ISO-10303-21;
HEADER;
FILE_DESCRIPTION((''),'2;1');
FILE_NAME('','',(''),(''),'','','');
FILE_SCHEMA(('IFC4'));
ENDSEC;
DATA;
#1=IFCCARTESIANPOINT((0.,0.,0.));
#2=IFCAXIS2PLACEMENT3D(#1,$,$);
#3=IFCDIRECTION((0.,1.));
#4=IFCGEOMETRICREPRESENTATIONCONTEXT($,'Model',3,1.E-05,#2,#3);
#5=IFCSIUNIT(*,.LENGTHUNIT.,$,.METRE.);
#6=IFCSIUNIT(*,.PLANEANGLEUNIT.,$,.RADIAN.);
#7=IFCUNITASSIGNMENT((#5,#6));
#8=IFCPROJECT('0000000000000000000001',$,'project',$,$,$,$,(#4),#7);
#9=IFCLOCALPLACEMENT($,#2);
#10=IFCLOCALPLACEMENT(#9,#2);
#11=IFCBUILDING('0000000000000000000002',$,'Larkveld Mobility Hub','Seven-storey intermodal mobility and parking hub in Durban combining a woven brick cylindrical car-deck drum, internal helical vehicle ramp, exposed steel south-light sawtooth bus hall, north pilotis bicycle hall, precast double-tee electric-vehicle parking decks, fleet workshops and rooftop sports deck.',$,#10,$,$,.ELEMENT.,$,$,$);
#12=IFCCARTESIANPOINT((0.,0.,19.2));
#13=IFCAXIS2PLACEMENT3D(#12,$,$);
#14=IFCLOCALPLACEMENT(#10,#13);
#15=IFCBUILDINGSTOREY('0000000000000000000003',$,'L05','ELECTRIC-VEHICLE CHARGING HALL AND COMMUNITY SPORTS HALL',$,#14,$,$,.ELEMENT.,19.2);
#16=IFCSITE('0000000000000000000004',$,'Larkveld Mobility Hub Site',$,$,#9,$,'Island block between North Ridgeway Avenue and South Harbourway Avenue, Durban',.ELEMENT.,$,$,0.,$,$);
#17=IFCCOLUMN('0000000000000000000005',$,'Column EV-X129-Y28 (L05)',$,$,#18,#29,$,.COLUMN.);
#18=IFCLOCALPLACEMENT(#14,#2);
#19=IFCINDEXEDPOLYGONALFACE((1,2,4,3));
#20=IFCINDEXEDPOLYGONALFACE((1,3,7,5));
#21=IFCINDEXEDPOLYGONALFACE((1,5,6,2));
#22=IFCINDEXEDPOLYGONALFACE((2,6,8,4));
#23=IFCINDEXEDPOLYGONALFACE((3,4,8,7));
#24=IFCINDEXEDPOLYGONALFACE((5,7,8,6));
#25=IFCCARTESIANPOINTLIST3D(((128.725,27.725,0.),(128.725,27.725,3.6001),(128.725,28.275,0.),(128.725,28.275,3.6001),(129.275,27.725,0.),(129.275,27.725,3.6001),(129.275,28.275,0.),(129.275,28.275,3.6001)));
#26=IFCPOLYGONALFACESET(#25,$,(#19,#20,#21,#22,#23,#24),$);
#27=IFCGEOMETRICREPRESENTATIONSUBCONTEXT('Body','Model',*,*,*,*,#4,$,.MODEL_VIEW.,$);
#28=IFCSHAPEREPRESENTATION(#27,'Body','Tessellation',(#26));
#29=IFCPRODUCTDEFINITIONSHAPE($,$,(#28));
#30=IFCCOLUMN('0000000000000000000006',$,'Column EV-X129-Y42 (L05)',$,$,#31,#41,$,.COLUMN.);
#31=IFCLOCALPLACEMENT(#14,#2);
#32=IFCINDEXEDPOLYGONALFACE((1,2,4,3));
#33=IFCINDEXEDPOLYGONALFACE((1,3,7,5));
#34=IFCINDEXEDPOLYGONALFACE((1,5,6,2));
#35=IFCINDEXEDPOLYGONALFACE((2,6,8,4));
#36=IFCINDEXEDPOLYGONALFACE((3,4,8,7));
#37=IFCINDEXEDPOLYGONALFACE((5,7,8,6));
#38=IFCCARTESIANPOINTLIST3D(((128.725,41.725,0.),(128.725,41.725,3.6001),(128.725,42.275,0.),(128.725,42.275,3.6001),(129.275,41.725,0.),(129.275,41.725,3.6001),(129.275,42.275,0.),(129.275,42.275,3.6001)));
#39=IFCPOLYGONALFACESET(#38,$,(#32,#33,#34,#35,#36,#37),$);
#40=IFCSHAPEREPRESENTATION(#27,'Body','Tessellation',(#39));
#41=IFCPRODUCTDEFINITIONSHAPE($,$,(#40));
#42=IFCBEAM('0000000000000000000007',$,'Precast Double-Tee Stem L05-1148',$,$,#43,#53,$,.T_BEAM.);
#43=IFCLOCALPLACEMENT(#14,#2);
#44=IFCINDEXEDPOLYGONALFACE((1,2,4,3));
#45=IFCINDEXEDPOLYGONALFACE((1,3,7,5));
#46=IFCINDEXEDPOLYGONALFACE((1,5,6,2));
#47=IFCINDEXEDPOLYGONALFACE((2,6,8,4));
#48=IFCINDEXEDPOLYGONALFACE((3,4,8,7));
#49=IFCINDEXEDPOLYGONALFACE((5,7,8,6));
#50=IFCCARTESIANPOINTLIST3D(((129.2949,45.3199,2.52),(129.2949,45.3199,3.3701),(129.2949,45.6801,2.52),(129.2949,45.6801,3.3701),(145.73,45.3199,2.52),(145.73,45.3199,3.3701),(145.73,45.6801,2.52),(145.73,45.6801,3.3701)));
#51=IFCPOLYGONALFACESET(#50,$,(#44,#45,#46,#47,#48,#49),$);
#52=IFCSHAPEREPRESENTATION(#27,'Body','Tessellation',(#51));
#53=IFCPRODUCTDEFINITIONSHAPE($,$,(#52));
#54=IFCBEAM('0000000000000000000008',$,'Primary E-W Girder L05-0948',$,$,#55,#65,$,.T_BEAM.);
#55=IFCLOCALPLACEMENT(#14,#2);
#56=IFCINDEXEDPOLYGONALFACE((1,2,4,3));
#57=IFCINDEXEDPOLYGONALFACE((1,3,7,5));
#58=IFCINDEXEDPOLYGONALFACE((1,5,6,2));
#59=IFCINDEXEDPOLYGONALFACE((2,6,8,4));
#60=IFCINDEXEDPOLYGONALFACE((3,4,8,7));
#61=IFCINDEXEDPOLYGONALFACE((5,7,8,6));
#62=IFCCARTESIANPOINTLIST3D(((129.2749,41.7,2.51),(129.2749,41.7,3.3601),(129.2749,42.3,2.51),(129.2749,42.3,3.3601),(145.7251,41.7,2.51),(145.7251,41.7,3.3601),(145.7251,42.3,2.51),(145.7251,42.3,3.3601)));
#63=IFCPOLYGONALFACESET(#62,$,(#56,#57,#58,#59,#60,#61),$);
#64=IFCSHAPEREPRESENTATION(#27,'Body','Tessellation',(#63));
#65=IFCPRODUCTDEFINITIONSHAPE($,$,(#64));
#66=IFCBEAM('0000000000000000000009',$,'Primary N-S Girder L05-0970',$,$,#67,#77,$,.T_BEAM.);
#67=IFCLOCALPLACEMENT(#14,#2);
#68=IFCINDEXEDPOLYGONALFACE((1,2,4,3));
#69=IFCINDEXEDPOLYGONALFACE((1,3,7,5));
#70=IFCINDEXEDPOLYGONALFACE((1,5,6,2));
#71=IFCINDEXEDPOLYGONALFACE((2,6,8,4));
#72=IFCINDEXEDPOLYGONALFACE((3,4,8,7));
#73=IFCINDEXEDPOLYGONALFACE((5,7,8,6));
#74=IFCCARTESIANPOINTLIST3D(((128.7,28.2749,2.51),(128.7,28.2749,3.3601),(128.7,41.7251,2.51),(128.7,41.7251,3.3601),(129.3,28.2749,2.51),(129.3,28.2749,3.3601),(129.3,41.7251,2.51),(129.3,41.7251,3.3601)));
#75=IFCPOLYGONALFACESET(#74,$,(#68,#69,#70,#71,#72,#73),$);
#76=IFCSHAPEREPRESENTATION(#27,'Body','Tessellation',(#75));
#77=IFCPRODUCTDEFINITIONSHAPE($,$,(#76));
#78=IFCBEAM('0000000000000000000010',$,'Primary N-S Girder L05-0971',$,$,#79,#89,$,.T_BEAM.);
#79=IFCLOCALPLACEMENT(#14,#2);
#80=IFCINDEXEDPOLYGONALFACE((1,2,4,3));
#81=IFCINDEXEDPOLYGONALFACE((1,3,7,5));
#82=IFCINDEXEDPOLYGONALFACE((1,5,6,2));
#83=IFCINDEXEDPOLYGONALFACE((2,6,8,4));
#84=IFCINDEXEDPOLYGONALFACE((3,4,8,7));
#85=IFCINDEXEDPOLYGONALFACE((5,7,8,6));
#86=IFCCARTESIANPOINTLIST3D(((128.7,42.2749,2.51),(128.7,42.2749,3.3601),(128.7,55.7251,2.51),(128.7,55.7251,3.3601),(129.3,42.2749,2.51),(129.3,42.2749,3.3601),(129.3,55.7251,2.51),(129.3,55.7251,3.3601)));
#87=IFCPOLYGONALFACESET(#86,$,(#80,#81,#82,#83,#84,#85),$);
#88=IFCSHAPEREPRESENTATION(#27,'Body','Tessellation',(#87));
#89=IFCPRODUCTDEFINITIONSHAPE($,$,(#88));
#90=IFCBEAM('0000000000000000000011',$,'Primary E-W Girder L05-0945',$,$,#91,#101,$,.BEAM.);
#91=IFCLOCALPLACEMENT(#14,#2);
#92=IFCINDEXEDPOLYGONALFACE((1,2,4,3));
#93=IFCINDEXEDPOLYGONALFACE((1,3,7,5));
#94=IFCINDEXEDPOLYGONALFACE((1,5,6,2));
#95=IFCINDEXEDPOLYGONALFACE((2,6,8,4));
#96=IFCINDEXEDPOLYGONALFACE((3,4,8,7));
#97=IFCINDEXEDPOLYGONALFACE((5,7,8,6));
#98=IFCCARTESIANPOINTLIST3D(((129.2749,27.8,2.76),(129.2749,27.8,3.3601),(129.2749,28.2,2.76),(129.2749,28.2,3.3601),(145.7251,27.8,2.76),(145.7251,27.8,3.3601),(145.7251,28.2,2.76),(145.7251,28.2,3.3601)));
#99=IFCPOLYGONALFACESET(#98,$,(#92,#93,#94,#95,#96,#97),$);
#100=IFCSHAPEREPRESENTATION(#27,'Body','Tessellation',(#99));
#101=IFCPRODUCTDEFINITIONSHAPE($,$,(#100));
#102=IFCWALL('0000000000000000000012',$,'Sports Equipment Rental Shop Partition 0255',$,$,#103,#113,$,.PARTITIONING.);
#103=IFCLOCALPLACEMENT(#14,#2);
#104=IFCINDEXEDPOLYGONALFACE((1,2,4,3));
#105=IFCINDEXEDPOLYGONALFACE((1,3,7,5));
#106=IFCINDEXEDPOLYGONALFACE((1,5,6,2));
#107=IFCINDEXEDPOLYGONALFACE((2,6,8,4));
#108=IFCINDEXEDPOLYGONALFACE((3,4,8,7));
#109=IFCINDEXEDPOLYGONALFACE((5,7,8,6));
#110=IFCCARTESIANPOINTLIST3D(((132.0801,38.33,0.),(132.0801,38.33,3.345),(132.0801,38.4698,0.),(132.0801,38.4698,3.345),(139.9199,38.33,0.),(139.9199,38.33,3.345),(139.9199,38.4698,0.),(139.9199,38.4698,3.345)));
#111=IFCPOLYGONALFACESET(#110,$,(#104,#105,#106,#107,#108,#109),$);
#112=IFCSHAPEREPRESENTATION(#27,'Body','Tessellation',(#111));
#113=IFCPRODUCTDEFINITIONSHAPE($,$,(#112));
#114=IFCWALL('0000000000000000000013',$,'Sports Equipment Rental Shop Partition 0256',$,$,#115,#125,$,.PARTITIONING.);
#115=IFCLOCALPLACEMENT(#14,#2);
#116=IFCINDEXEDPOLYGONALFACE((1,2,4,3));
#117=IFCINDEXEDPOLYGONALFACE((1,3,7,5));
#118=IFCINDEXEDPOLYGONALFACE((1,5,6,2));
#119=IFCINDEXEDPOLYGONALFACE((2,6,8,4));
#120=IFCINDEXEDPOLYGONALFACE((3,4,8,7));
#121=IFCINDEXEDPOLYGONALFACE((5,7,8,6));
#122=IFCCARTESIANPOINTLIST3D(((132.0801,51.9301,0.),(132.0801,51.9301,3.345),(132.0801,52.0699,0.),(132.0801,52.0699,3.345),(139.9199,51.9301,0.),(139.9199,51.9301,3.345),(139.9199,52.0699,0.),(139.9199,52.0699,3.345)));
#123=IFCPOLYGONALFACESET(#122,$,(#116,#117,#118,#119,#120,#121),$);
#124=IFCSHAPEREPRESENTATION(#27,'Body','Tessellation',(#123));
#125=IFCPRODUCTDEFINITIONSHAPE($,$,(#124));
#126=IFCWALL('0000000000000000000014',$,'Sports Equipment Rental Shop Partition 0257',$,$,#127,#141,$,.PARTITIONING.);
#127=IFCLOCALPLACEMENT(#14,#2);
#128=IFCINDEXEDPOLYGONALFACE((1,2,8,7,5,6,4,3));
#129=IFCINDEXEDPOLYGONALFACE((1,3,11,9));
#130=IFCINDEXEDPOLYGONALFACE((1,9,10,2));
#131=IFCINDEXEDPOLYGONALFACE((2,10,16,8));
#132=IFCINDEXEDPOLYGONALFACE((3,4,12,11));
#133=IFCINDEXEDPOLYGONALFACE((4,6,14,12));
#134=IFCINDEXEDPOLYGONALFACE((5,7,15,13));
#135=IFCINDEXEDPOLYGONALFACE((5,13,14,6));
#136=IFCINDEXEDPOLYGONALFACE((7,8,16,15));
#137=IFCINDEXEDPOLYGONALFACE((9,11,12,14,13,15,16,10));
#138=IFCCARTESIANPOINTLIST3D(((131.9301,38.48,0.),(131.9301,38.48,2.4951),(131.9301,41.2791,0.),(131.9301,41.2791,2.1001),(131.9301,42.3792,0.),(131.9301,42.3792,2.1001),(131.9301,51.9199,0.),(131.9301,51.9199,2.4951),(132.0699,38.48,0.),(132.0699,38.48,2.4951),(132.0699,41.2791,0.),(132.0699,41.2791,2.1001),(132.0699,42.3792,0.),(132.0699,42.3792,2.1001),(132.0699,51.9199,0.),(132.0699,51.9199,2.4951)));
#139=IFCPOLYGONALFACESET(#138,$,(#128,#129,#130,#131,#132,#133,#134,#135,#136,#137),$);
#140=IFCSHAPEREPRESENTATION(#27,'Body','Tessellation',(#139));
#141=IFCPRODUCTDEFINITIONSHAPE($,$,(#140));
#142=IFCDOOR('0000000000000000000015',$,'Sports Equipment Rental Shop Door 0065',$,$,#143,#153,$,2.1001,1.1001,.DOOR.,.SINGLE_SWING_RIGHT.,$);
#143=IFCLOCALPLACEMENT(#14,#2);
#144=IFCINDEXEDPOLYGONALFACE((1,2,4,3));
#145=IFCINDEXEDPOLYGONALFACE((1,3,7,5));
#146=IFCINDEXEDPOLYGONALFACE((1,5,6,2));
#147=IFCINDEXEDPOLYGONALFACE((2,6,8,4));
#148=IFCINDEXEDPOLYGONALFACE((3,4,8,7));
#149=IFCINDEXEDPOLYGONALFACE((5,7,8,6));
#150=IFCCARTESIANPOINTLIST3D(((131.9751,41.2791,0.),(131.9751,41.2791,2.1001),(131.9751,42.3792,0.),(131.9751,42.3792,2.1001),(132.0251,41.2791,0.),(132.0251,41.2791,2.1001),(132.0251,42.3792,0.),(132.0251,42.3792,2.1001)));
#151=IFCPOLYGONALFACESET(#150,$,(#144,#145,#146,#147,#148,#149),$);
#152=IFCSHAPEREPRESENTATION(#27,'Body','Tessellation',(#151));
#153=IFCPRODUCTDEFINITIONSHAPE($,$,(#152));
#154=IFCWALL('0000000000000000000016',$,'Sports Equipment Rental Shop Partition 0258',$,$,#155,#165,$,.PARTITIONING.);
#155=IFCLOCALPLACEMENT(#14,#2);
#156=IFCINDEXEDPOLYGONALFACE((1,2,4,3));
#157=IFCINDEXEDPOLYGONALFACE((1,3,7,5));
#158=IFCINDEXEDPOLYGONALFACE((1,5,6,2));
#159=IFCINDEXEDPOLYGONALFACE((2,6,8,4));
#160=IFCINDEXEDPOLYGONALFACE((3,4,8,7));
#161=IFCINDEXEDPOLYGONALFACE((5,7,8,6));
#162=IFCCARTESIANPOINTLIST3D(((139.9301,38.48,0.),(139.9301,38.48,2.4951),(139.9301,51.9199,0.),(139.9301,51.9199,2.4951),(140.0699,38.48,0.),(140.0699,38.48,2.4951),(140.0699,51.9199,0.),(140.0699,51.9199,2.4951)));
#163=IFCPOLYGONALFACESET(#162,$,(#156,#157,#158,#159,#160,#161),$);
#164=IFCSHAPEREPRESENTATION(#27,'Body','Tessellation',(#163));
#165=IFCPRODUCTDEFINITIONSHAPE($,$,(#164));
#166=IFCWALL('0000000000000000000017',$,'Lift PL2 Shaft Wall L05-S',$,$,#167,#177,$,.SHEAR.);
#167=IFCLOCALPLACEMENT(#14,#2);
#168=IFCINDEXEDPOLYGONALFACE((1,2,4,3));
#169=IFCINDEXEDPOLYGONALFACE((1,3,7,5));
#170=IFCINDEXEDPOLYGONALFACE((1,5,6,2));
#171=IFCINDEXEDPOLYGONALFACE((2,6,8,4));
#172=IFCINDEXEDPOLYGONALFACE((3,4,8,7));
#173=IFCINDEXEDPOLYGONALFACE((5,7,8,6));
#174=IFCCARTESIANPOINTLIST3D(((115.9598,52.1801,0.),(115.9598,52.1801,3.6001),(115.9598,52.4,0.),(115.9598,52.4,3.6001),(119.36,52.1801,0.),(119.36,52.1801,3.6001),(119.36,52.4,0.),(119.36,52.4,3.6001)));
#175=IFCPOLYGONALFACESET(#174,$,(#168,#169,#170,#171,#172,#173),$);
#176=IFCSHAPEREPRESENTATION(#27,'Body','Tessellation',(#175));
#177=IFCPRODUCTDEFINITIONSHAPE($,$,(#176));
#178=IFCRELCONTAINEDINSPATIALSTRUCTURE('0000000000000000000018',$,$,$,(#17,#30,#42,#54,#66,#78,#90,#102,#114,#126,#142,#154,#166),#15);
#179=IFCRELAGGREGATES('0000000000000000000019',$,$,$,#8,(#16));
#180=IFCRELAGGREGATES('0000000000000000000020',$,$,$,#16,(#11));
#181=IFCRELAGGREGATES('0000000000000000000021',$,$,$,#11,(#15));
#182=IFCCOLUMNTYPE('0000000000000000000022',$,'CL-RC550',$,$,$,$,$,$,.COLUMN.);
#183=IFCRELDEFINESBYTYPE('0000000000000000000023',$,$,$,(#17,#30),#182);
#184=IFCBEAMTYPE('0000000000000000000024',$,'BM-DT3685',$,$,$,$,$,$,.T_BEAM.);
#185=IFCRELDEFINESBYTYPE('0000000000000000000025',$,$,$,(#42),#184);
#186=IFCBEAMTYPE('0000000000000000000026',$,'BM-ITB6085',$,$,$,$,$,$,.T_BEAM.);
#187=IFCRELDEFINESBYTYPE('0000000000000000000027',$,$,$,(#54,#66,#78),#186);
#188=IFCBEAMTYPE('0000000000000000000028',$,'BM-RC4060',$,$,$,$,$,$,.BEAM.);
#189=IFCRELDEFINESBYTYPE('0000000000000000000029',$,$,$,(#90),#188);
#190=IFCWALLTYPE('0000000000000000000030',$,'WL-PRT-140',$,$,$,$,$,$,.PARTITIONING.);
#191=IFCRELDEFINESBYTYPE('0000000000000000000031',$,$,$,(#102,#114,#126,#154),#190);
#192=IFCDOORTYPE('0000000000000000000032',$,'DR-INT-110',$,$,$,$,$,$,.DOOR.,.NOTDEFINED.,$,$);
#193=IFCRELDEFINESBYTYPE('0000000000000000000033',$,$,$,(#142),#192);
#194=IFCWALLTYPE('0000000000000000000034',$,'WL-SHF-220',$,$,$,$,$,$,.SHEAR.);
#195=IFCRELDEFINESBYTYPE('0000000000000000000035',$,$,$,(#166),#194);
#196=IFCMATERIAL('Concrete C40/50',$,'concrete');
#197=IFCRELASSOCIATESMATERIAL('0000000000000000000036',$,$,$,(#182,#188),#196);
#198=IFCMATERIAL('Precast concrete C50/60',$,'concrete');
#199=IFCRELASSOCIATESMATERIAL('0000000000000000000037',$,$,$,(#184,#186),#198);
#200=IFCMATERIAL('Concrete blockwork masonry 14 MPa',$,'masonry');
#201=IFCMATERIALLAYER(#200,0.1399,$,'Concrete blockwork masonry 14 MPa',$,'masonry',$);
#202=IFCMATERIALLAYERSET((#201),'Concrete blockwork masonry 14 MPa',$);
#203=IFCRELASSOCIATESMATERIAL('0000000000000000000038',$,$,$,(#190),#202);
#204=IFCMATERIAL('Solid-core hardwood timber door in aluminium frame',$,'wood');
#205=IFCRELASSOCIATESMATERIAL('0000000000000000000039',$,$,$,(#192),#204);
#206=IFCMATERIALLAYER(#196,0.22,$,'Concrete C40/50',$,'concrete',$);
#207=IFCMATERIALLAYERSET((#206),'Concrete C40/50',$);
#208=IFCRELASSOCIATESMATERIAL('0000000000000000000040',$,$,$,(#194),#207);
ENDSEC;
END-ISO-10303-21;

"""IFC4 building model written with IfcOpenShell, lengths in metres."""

from ifc_helpers import new_model, si_unit, direction, frame, frame_2d, origin, origin_2d, place, context, subcontext, project, spatial, rectangle, extrude, material, layer, layer_set, material_profile, profile_set, type_object, element, fill, save


model = new_model("IFC4")

# Units and contexts
model_context = context("Model", 3, precision=1e-05, world=origin(), true_north=direction((0.0, 1.0)))
body_context = subcontext(model_context, "Body", "Model", "MODEL_VIEW")
ifc_project = project(units=[si_unit("LENGTHUNIT", "METRE"), si_unit("PLANEANGLEUNIT", "RADIAN")], contexts=[model_context])

# Site, building, storey
site_placement = place(None, origin())
site = spatial("IfcSite", under=ifc_project, at=site_placement, Name="Larkveld Mobility Hub Site", LongName="Island block between North Ridgeway Avenue and South Harbourway Avenue, Durban", CompositionType="ELEMENT", RefElevation=0.0)
building_placement = place(site_placement, origin())
building = spatial("IfcBuilding", under=site, at=building_placement, Name="Larkveld Mobility Hub", Description="Seven-storey intermodal mobility and parking hub in Durban combining a woven brick cylindrical car-deck drum, internal helical vehicle ramp, exposed steel south-light sawtooth bus hall, north pilotis bicycle hall, precast double-tee electric-vehicle parking decks, fleet workshops and rooftop sports deck.", CompositionType="ELEMENT")
storey_placement = place(building_placement, frame((0.0, 0.0, 19.2)))
storey = spatial("IfcBuildingStorey", under=building, at=storey_placement, Name="L05", Description="ELECTRIC-VEHICLE CHARGING HALL AND COMMUNITY SPORTS HALL", CompositionType="ELEMENT", Elevation=19.2)

# Columns
ifc_material_1 = material(Name="Concrete C40/50", Category="concrete")
ifc_material_profile_1 = material_profile(ifc_material_1, rectangle(XDim=0.55, YDim=0.55, at=origin_2d()), Name="RC COL 550x550")
ifc_profile_set_1 = profile_set([ifc_material_profile_1], Name="Concrete C40/50")
column_type = type_object("IfcColumnType", Name="CL-RC550", PredefinedType="COLUMN", material=ifc_profile_set_1)
for number, where, z_axis, x_axis, name in (
    (1, (129.0, 28.0, 0.0), (0.0, 0.0, 1.0), (1.0, 0.0, 0.0), "Column EV-X129-Y28 (L05)"),
    (2, (129.0, 42.0, 0.0), (0.0, 0.0, 1.0), (1.0, 0.0, 0.0), "Column EV-X129-Y42 (L05)"),
):
    element("IfcColumn", number, at=place(storey_placement, frame(where, z_axis=z_axis, x_axis=x_axis)), inside=storey, type_object=column_type, Name=name, PredefinedType="COLUMN", context=body_context, shape_type="SweptSolid", body=[
        extrude(rectangle(XDim=0.55, YDim=0.55, at=origin_2d()), origin(), (0.0, 0.0, 1.0), 3.6001),
    ])

# Beams
ifc_material_2 = material(Name="Precast concrete C50/60", Category="concrete")
ifc_material_profile_2 = material_profile(ifc_material_2, rectangle(XDim=0.3601, YDim=0.8501, at=origin_2d()), Name="PC DT 360x850")
ifc_profile_set_2 = profile_set([ifc_material_profile_2], Name="Precast concrete C50/60")
beam_type_1 = type_object("IfcBeamType", Name="BM-DT3685", PredefinedType="T_BEAM", material=ifc_profile_set_2)
beam_1_placement = place(storey_placement, frame((129.2949, 45.5, 2.9451), z_axis=(1.0, 0.0, 0.0), x_axis=(0.0, 1.0, 0.0)))
element("IfcBeam", 3, at=beam_1_placement, inside=storey, type_object=beam_type_1, Name="Precast Double-Tee Stem L05-1148", PredefinedType="T_BEAM", context=body_context, shape_type="SweptSolid", body=[
    extrude(rectangle(XDim=0.3601, YDim=0.8501, at=origin_2d()), origin(), (0.0, 0.0, 1.0), 16.4351),
])
ifc_material_profile_3 = material_profile(ifc_material_2, rectangle(XDim=0.6001, YDim=0.8501, at=origin_2d()), Name="PC ITB 600x850")
ifc_profile_set_3 = profile_set([ifc_material_profile_3], Name="Precast concrete C50/60")
beam_type_2 = type_object("IfcBeamType", Name="BM-ITB6085", PredefinedType="T_BEAM", material=ifc_profile_set_3)
beam_2_placement = place(storey_placement, frame((129.2749, 42.0, 2.9351), z_axis=(1.0, 0.0, 0.0), x_axis=(0.0, 1.0, 0.0)))
element("IfcBeam", 4, at=beam_2_placement, inside=storey, type_object=beam_type_2, Name="Primary E-W Girder L05-0948", PredefinedType="T_BEAM", context=body_context, shape_type="SweptSolid", body=[
    extrude(rectangle(XDim=0.6001, YDim=0.8501, at=origin_2d()), origin(), (0.0, 0.0, 1.0), 16.4502),
])
for number, where, z_axis, x_axis, name in (
    (5, (129.0, 28.2749, 2.9351), (0.0, 1.0, 0.0), (-1.0, 0.0, 0.0), "Primary N-S Girder L05-0970"),
    (6, (129.0, 42.2749, 2.9351), (0.0, 1.0, 0.0), (-1.0, 0.0, 0.0), "Primary N-S Girder L05-0971"),
):
    element("IfcBeam", number, at=place(storey_placement, frame(where, z_axis=z_axis, x_axis=x_axis)), inside=storey, type_object=beam_type_2, Name=name, PredefinedType="T_BEAM", context=body_context, shape_type="SweptSolid", body=[
        extrude(rectangle(XDim=0.6001, YDim=0.8501, at=origin_2d()), origin(), (0.0, 0.0, 1.0), 13.4502),
    ])
ifc_material_profile_4 = material_profile(ifc_material_1, rectangle(XDim=0.3999, YDim=0.6001, at=origin_2d()), Name="RC BM 400x600")
ifc_profile_set_4 = profile_set([ifc_material_profile_4], Name="Concrete C40/50")
beam_type_3 = type_object("IfcBeamType", Name="BM-RC4060", PredefinedType="BEAM", material=ifc_profile_set_4)
beam_3_placement = place(storey_placement, frame((129.2749, 28.0, 3.0601), z_axis=(1.0, 0.0, 0.0), x_axis=(0.0, 1.0, 0.0)))
element("IfcBeam", 7, at=beam_3_placement, inside=storey, type_object=beam_type_3, Name="Primary E-W Girder L05-0945", PredefinedType="BEAM", context=body_context, shape_type="SweptSolid", body=[
    extrude(rectangle(XDim=0.3999, YDim=0.6001, at=origin_2d()), origin(), (0.0, 0.0, 1.0), 16.4502),
])

# Walls
ifc_material_3 = material(Name="Concrete blockwork masonry 14 MPa", Category="masonry")
ifc_layer_1 = layer(ifc_material_3, 0.1399, Name="Concrete blockwork masonry 14 MPa", Category="masonry")
ifc_layer_set_1 = layer_set([ifc_layer_1], Name="Concrete blockwork masonry 14 MPa")
wall_type_1 = type_object("IfcWallType", Name="WL-PRT-140", PredefinedType="PARTITIONING", material=ifc_layer_set_1)
for number, where, z_axis, x_axis, name in (
    (8, (132.0801, 38.3999, 0.0), (0.0, 0.0, 1.0), (1.0, 0.0, 0.0), "Sports Equipment Rental Shop Partition 0255"),
    (9, (132.0801, 52.0, 0.0), (0.0, 0.0, 1.0), (1.0, 0.0, 0.0), "Sports Equipment Rental Shop Partition 0256"),
):
    element("IfcWall", number, at=place(storey_placement, frame(where, z_axis=z_axis, x_axis=x_axis)), inside=storey, type_object=wall_type_1, Name=name, PredefinedType="PARTITIONING", context=body_context, shape_type="SweptSolid", body=[
        extrude(rectangle(XDim=7.8398, YDim=0.1399, at=frame_2d((3.9199, 0.0))), origin(), (0.0, 0.0, 1.0), 3.345),
    ])

# Wall, opening, door
wall_1_placement = place(storey_placement, frame((132.0, 38.48, 0.0), z_axis=(0.0, 0.0, 1.0), x_axis=(0.0, 1.0, 0.0)))
wall_1 = element("IfcWall", 10, at=wall_1_placement, inside=storey, type_object=wall_type_1, Name="Sports Equipment Rental Shop Partition 0257", PredefinedType="PARTITIONING", context=body_context, shape_type="SweptSolid", body=[
    extrude(rectangle(XDim=13.4399, YDim=0.1399, at=frame_2d((6.72, 0.0))), origin(), (0.0, 0.0, 1.0), 2.4951),
])
opening_placement = place(wall_1_placement, frame((2.7991, 0.0, 0.0)))
opening = element("IfcOpeningElement", 11, at=opening_placement, cuts=wall_1, PredefinedType="OPENING", context=body_context, shape_type="SweptSolid", body=[
    extrude(rectangle(XDim=1.1001, YDim=2.1001, at=frame_2d((0.55, 1.05))), frame((0.0, 0.0801, 0.0), z_axis=(0.0, -1.0, 0.0), x_axis=(1.0, 0.0, 0.0)), (0.0, 0.0, 1.0), 0.1599),
])
ifc_material_4 = material(Name="Solid-core hardwood timber door in aluminium frame", Category="wood")
door_type = type_object("IfcDoorType", Name="DR-INT-110", OperationType="NOTDEFINED", PredefinedType="DOOR", material=ifc_material_4)
door_placement = place(opening_placement, origin())
door = element("IfcDoor", 12, at=door_placement, inside=storey, type_object=door_type, Name="Sports Equipment Rental Shop Door 0065", OperationType="SINGLE_SWING_RIGHT", OverallHeight=2.1001, OverallWidth=1.1001, PredefinedType="DOOR", context=body_context, shape_type="SweptSolid", body=[
    extrude(rectangle(XDim=1.1001, YDim=2.1001, at=frame_2d((0.55, 1.05))), frame((0.0, 0.0249, 0.0), z_axis=(0.0, -1.0, 0.0), x_axis=(1.0, 0.0, 0.0)), (0.0, 0.0, 1.0), 0.05),
])
fill(opening, door)

# Walls
wall_2_placement = place(storey_placement, frame((140.0, 38.48, 0.0), z_axis=(0.0, 0.0, 1.0), x_axis=(0.0, 1.0, 0.0)))
element("IfcWall", 13, at=wall_2_placement, inside=storey, type_object=wall_type_1, Name="Sports Equipment Rental Shop Partition 0258", PredefinedType="PARTITIONING", context=body_context, shape_type="SweptSolid", body=[
    extrude(rectangle(XDim=13.4399, YDim=0.1399, at=frame_2d((6.72, 0.0))), origin(), (0.0, 0.0, 1.0), 2.4951),
])
ifc_layer_2 = layer(ifc_material_1, 0.22, Name="Concrete C40/50", Category="concrete")
ifc_layer_set_2 = layer_set([ifc_layer_2], Name="Concrete C40/50")
wall_type_2 = type_object("IfcWallType", Name="WL-SHF-220", PredefinedType="SHEAR", material=ifc_layer_set_2)
wall_3_placement = place(storey_placement, frame((119.3601, 52.29, 0.0), z_axis=(0.0, 0.0, 1.0), x_axis=(-1.0, 0.0, 0.0)))
element("IfcWall", 14, at=wall_3_placement, inside=storey, type_object=wall_type_2, Name="Lift PL2 Shaft Wall L05-S", PredefinedType="SHEAR", context=body_context, shape_type="SweptSolid", body=[
    extrude(rectangle(XDim=3.4001, YDim=0.22, at=frame_2d((1.7002, 0.0))), origin(), (0.0, 0.0, 1.0), 3.6001),
])

save(model, "model.ifc")
